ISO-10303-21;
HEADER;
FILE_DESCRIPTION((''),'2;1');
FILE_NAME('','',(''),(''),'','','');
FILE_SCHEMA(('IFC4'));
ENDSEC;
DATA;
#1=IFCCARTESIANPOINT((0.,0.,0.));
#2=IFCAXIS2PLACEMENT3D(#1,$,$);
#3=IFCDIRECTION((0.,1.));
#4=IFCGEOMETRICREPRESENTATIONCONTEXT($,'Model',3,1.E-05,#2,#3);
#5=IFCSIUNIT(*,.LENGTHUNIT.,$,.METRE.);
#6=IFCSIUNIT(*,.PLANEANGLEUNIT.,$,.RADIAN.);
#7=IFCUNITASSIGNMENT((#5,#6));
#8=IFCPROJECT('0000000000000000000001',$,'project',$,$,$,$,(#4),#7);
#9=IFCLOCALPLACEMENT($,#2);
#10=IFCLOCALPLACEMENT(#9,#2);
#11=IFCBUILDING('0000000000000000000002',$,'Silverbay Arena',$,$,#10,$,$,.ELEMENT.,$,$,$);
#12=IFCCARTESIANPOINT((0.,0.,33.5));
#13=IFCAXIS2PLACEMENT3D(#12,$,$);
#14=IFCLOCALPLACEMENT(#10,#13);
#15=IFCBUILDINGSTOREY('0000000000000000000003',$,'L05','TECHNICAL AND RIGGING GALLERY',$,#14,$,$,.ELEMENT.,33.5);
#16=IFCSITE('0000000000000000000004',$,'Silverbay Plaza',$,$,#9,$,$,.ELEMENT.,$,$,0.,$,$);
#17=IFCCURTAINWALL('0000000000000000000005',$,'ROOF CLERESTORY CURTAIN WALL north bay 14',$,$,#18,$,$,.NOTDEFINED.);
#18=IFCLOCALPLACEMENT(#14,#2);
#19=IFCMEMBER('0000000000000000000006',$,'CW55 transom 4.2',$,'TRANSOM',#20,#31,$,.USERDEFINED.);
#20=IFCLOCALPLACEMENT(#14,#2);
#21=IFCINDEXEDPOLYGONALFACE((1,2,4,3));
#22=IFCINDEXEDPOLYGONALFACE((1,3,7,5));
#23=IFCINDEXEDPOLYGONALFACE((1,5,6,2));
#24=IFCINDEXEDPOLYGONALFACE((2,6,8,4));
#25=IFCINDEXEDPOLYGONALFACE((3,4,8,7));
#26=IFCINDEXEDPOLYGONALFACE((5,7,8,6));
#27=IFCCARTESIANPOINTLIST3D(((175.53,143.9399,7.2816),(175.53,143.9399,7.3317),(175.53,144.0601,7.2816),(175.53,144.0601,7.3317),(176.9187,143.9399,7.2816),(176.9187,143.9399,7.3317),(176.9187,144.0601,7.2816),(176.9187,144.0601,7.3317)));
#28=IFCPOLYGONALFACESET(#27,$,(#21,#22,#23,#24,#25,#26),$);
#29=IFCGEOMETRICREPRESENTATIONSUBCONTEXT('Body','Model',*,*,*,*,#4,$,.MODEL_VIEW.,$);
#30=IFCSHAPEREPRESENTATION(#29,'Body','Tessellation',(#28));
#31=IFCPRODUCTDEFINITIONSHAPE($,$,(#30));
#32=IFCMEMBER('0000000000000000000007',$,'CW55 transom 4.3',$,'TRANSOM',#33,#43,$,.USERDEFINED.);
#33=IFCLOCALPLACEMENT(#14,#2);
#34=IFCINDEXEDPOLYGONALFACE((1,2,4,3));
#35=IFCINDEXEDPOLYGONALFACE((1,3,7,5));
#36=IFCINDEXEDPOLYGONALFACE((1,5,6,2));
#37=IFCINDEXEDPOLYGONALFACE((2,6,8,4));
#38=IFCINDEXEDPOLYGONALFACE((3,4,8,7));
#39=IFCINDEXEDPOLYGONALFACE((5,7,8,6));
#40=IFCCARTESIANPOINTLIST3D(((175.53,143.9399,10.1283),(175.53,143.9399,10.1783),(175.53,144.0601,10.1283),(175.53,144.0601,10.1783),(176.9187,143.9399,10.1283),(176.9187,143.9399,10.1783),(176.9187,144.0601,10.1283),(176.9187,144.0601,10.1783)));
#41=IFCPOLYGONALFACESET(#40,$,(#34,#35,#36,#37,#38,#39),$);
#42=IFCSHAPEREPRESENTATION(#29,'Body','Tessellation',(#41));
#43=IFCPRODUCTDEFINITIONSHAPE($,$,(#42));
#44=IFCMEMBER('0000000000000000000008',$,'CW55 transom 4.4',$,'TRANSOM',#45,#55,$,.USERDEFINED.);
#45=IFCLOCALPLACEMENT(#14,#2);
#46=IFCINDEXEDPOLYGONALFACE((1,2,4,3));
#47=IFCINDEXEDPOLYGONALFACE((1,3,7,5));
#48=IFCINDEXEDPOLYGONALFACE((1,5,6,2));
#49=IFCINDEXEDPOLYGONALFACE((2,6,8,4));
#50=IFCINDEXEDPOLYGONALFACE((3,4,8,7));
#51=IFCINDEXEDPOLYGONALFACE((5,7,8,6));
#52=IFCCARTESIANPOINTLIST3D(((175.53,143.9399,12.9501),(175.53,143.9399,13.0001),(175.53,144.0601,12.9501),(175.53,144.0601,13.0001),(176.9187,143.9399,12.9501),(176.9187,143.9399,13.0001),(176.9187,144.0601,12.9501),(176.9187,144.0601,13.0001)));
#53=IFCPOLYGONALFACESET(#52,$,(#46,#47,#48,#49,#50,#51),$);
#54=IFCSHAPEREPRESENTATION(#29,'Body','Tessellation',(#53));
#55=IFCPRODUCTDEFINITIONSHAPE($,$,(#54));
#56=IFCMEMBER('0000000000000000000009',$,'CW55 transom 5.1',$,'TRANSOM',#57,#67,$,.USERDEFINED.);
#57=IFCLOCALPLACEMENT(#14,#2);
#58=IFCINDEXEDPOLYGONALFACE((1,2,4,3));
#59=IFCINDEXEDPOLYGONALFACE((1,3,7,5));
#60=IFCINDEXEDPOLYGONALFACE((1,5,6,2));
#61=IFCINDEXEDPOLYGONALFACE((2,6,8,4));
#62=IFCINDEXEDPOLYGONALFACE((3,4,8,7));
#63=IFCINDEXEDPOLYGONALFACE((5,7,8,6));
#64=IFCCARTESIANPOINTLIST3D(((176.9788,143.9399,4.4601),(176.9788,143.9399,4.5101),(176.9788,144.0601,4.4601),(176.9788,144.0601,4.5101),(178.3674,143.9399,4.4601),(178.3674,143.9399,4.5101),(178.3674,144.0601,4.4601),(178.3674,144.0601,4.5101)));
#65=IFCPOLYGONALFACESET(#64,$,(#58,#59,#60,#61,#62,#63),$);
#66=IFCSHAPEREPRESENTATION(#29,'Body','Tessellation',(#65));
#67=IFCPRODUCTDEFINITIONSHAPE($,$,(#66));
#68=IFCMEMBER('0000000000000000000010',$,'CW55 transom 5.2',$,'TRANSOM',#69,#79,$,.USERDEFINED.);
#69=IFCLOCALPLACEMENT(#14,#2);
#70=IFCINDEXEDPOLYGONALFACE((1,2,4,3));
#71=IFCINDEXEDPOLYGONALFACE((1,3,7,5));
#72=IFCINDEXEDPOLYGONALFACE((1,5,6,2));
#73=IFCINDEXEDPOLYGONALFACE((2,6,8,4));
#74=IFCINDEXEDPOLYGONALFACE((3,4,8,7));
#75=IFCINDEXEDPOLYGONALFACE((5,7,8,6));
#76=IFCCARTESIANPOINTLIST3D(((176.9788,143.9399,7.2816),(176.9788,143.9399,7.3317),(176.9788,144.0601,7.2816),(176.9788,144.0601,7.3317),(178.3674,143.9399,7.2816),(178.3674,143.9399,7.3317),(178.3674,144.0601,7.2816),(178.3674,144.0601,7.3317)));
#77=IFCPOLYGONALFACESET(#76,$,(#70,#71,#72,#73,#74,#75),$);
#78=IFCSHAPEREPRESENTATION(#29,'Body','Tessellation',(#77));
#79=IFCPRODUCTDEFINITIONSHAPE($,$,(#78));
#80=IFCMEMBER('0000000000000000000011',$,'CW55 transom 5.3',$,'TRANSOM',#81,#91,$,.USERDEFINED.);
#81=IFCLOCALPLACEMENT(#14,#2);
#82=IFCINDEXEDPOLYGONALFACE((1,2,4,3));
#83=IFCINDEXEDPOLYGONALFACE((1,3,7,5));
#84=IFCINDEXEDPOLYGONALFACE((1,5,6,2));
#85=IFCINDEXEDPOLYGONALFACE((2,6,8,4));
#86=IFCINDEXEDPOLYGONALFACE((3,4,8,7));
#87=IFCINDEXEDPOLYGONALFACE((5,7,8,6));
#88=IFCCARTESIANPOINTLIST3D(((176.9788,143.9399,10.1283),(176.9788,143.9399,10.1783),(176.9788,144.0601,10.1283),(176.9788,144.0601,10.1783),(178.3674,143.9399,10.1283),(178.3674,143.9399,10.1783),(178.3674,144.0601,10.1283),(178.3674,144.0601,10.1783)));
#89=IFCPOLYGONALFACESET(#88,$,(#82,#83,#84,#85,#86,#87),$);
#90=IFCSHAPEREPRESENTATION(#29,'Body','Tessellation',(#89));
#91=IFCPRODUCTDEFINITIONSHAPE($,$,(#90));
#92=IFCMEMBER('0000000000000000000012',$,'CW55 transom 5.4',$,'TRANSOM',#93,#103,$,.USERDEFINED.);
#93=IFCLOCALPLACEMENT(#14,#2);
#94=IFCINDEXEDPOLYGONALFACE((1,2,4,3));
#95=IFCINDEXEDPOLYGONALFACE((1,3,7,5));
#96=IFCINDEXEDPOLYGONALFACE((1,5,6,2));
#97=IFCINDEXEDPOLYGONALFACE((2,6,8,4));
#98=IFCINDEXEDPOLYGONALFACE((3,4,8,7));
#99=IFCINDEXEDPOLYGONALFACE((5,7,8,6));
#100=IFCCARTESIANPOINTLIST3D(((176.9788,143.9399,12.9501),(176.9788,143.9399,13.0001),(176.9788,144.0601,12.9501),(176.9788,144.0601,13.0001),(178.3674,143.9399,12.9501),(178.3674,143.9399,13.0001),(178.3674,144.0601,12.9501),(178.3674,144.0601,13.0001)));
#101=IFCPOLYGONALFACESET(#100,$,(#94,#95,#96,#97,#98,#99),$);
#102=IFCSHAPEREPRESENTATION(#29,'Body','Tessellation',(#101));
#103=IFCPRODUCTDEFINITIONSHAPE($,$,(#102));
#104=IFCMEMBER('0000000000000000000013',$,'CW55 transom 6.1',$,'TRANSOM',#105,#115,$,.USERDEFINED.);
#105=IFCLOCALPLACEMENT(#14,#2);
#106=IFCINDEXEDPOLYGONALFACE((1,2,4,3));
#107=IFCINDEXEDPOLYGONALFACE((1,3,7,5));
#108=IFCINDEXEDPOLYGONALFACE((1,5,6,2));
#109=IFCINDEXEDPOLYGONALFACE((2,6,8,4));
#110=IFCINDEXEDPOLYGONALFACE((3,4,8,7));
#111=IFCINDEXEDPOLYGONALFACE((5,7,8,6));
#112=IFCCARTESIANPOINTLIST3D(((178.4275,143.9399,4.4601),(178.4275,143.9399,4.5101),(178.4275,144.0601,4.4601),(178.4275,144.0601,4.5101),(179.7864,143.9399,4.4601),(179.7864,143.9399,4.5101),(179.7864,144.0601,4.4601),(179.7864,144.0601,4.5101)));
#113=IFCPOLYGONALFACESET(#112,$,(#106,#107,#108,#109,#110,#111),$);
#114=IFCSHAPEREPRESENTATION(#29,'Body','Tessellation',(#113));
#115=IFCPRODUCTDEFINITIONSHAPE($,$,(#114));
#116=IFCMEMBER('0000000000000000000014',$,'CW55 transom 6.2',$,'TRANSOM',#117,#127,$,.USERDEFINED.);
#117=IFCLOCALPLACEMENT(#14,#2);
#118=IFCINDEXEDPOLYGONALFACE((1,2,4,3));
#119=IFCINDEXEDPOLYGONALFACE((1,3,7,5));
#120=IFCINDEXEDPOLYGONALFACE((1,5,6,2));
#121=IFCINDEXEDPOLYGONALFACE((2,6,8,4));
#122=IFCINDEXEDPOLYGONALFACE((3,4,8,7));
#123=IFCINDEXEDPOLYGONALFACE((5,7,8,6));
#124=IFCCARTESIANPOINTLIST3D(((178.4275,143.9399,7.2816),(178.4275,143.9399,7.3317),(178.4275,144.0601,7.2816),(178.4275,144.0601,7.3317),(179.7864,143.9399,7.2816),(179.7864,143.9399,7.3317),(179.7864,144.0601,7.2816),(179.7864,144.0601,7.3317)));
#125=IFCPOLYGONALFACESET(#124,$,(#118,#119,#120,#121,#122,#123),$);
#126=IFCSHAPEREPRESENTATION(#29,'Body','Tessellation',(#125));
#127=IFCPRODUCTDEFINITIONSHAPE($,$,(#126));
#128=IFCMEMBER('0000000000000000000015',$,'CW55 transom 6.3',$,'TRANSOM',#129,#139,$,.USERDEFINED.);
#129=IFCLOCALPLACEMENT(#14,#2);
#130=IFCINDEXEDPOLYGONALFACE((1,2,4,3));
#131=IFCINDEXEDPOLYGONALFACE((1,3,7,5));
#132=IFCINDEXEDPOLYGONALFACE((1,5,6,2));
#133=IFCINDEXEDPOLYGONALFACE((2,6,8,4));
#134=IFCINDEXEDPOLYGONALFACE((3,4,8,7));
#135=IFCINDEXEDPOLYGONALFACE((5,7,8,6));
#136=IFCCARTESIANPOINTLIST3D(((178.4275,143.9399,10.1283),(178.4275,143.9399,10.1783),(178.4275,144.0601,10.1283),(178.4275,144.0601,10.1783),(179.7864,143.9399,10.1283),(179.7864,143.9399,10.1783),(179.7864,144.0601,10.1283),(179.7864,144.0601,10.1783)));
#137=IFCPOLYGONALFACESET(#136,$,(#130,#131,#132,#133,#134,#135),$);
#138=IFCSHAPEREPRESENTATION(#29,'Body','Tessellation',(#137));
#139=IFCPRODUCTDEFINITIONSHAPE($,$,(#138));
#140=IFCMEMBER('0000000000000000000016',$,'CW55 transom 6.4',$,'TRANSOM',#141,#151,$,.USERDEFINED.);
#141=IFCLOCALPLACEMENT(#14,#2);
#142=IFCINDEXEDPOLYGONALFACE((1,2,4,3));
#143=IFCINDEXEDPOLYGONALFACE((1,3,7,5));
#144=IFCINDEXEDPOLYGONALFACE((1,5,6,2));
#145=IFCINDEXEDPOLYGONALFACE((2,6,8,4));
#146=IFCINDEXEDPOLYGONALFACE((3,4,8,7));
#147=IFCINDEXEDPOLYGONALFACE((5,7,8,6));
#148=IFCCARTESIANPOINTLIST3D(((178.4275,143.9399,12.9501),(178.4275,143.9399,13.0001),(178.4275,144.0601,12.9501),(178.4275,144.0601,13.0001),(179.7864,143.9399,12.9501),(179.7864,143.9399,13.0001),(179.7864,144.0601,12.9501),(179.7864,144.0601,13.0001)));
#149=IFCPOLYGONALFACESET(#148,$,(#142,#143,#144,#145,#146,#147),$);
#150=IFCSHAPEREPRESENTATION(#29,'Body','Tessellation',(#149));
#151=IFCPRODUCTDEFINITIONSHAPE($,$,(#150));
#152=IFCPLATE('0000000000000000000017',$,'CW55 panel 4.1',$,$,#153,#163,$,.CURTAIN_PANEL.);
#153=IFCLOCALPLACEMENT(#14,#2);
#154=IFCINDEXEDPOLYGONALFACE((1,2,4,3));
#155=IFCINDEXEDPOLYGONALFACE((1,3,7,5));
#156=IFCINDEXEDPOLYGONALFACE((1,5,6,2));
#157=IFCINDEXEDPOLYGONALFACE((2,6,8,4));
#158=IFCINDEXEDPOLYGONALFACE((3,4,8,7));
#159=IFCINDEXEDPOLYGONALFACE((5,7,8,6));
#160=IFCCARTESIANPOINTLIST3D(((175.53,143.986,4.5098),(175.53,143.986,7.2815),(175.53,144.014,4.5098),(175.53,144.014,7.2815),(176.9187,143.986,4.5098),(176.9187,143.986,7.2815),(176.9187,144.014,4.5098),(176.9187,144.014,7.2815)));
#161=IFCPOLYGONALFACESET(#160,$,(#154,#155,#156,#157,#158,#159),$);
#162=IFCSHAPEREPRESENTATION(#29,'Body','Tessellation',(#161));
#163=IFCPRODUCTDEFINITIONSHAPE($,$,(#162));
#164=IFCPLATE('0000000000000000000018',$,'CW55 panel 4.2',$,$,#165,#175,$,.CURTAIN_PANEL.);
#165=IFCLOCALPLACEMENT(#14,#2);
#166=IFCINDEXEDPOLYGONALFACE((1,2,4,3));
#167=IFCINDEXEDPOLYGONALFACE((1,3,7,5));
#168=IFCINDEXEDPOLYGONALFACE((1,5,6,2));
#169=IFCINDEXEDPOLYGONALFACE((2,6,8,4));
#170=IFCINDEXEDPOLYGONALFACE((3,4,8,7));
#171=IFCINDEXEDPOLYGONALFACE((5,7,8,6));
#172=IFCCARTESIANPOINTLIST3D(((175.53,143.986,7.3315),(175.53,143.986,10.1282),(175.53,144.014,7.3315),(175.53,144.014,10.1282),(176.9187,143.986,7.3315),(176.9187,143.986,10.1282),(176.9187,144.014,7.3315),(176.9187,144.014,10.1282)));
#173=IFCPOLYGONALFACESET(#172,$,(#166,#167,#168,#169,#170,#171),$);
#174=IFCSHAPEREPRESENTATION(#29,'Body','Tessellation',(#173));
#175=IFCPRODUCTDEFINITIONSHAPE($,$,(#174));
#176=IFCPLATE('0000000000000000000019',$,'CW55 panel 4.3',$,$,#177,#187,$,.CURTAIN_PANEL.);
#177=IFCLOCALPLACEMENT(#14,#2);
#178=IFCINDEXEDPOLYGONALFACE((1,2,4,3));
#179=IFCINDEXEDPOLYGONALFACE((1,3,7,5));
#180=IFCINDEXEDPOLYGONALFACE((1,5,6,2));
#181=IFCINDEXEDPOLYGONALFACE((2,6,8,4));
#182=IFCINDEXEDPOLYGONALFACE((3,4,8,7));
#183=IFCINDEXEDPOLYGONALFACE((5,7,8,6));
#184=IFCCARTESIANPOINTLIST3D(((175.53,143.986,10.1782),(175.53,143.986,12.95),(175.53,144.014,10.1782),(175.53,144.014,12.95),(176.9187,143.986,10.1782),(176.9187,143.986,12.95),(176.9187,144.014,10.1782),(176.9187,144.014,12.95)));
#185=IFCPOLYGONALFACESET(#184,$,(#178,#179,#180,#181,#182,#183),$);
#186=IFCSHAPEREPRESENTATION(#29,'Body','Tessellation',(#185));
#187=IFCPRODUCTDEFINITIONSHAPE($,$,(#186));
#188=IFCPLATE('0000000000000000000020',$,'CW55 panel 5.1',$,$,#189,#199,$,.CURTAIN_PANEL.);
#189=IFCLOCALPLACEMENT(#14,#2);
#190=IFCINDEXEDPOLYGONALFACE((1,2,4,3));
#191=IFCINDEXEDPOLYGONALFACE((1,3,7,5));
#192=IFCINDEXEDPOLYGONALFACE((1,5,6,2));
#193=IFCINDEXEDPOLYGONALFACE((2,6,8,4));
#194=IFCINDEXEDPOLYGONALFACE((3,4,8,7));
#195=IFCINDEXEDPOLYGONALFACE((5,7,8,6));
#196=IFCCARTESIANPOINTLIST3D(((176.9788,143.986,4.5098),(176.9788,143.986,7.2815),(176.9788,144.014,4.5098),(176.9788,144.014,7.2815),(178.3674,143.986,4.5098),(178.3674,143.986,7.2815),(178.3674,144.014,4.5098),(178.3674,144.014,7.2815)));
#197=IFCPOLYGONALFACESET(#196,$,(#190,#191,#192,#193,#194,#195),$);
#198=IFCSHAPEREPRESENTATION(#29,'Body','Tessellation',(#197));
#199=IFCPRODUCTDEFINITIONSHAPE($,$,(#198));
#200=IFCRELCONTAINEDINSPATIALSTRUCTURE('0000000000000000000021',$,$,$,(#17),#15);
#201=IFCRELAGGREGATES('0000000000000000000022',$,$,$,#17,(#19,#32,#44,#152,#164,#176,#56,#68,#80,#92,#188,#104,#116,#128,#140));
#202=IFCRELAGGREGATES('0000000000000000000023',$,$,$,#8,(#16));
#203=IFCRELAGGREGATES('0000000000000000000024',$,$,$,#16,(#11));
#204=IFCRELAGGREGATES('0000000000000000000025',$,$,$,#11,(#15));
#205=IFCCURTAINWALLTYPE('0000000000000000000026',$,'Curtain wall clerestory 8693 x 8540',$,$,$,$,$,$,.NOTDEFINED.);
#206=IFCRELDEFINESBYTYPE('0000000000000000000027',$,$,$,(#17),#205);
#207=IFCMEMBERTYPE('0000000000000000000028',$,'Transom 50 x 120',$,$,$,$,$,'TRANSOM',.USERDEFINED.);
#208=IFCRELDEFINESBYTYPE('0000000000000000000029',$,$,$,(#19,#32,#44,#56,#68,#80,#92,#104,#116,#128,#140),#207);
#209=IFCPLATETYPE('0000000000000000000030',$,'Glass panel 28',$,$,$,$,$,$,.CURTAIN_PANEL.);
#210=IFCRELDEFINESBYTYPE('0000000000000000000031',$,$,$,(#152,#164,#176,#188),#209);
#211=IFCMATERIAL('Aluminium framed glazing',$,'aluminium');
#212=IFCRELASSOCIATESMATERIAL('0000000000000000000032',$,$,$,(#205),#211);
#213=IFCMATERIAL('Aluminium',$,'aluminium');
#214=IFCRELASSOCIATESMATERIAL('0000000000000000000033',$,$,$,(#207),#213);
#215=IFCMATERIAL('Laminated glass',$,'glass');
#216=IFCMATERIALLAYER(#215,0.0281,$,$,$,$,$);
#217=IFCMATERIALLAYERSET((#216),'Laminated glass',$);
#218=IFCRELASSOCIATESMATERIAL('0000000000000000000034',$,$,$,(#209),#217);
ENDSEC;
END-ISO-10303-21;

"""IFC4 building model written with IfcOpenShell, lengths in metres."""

from ifc_helpers import new_model, si_unit, direction, frame, origin, origin_2d, place, context, subcontext, project, spatial, rectangle, extrude, material, layer, layer_set, material_profile, profile_set, type_object, element, aggregate, save


model = new_model("IFC4")

# Units and contexts
model_context = context("Model", 3, precision=1e-05, world=origin(), true_north=direction((0.0, 1.0)))
body_context = subcontext(model_context, "Body", "Model", "MODEL_VIEW")
ifc_project = project(units=[si_unit("LENGTHUNIT", "METRE"), si_unit("PLANEANGLEUNIT", "RADIAN")], contexts=[model_context])

# Site, building, storey
site_placement = place(None, origin())
site = spatial("IfcSite", under=ifc_project, at=site_placement, Name="Silverbay Plaza", CompositionType="ELEMENT", RefElevation=0.0)
building_placement = place(site_placement, origin())
building = spatial("IfcBuilding", under=site, at=building_placement, Name="Silverbay Arena", CompositionType="ELEMENT")
storey_placement = place(building_placement, frame((0.0, 0.0, 33.5)))
storey = spatial("IfcBuildingStorey", under=building, at=storey_placement, Name="L05", Description="TECHNICAL AND RIGGING GALLERY", CompositionType="ELEMENT", Elevation=33.5)

# Curtain wall
ifc_material_1 = material(Name="Aluminium framed glazing", Category="aluminium")
curtain_wall_type = type_object("IfcCurtainWallType", Name="Curtain wall clerestory 8693 x 8540", PredefinedType="NOTDEFINED", material=ifc_material_1)
curtain_wall_placement = place(storey_placement, origin())
curtain_wall = element("IfcCurtainWall", 1, at=curtain_wall_placement, inside=storey, type_object=curtain_wall_type, Name="ROOF CLERESTORY CURTAIN WALL north bay 14", PredefinedType="NOTDEFINED")

# Members
ifc_material_2 = material(Name="Aluminium", Category="aluminium")
ifc_material_profile_1 = material_profile(ifc_material_2, rectangle(XDim=0.1201, YDim=0.05, at=origin_2d()), Name="Transom 50 x 120")
ifc_profile_set_1 = profile_set([ifc_material_profile_1], Name="Aluminium")
member_type_1 = type_object("IfcMemberType", Name="Transom 50 x 120", ElementType="TRANSOM", PredefinedType="USERDEFINED", material=ifc_profile_set_1)
member_1_placement = place(storey_placement, frame((175.53, 144.0, 7.3066), z_axis=(1.0, 0.0, 0.0), x_axis=(0.0, 1.0, 0.0)))
member_1 = element("IfcMember", 2, at=member_1_placement, type_object=member_type_1, Name="CW55 transom 4.2", ObjectType="TRANSOM", PredefinedType="USERDEFINED", context=body_context, shape_type="SweptSolid", body=[
    extrude(rectangle(XDim=0.1201, YDim=0.05, at=origin_2d()), origin(), (0.0, 0.0, 1.0), 1.3887),
])
member_2_placement = place(storey_placement, frame((175.53, 144.0, 10.1533), z_axis=(1.0, 0.0, 0.0), x_axis=(0.0, 1.0, 0.0)))
member_2 = element("IfcMember", 3, at=member_2_placement, type_object=member_type_1, Name="CW55 transom 4.3", ObjectType="TRANSOM", PredefinedType="USERDEFINED", context=body_context, shape_type="SweptSolid", body=[
    extrude(rectangle(XDim=0.1201, YDim=0.05, at=origin_2d()), origin(), (0.0, 0.0, 1.0), 1.3887),
])
member_3_placement = place(storey_placement, frame((175.53, 144.0, 12.9751), z_axis=(1.0, 0.0, 0.0), x_axis=(0.0, 1.0, 0.0)))
member_3 = element("IfcMember", 4, at=member_3_placement, type_object=member_type_1, Name="CW55 transom 4.4", ObjectType="TRANSOM", PredefinedType="USERDEFINED", context=body_context, shape_type="SweptSolid", body=[
    extrude(rectangle(XDim=0.1201, YDim=0.05, at=origin_2d()), origin(), (0.0, 0.0, 1.0), 1.3887),
])
member_4_placement = place(storey_placement, frame((176.9788, 144.0, 4.4851), z_axis=(1.0, 0.0, 0.0), x_axis=(0.0, 1.0, 0.0)))
member_4 = element("IfcMember", 5, at=member_4_placement, type_object=member_type_1, Name="CW55 transom 5.1", ObjectType="TRANSOM", PredefinedType="USERDEFINED", context=body_context, shape_type="SweptSolid", body=[
    extrude(rectangle(XDim=0.1201, YDim=0.05, at=origin_2d()), origin(), (0.0, 0.0, 1.0), 1.3887),
])
member_5_placement = place(storey_placement, frame((176.9788, 144.0, 7.3066), z_axis=(1.0, 0.0, 0.0), x_axis=(0.0, 1.0, 0.0)))
member_5 = element("IfcMember", 6, at=member_5_placement, type_object=member_type_1, Name="CW55 transom 5.2", ObjectType="TRANSOM", PredefinedType="USERDEFINED", context=body_context, shape_type="SweptSolid", body=[
    extrude(rectangle(XDim=0.1201, YDim=0.05, at=origin_2d()), origin(), (0.0, 0.0, 1.0), 1.3887),
])
member_6_placement = place(storey_placement, frame((176.9788, 144.0, 10.1533), z_axis=(1.0, 0.0, 0.0), x_axis=(0.0, 1.0, 0.0)))
member_6 = element("IfcMember", 7, at=member_6_placement, type_object=member_type_1, Name="CW55 transom 5.3", ObjectType="TRANSOM", PredefinedType="USERDEFINED", context=body_context, shape_type="SweptSolid", body=[
    extrude(rectangle(XDim=0.1201, YDim=0.05, at=origin_2d()), origin(), (0.0, 0.0, 1.0), 1.3887),
])
member_7_placement = place(storey_placement, frame((176.9788, 144.0, 12.9751), z_axis=(1.0, 0.0, 0.0), x_axis=(0.0, 1.0, 0.0)))
member_7 = element("IfcMember", 8, at=member_7_placement, type_object=member_type_1, Name="CW55 transom 5.4", ObjectType="TRANSOM", PredefinedType="USERDEFINED", context=body_context, shape_type="SweptSolid", body=[
    extrude(rectangle(XDim=0.1201, YDim=0.05, at=origin_2d()), origin(), (0.0, 0.0, 1.0), 1.3887),
])
member_8_placement = place(storey_placement, frame((178.4275, 144.0, 4.4851), z_axis=(1.0, 0.0, 0.0), x_axis=(0.0, 1.0, 0.0)))
member_8 = element("IfcMember", 9, at=member_8_placement, type_object=member_type_1, Name="CW55 transom 6.1", ObjectType="TRANSOM", PredefinedType="USERDEFINED", context=body_context, shape_type="SweptSolid", body=[
    extrude(rectangle(XDim=0.1201, YDim=0.05, at=origin_2d()), origin(), (0.0, 0.0, 1.0), 1.3589),
])
member_9_placement = place(storey_placement, frame((178.4275, 144.0, 7.3066), z_axis=(1.0, 0.0, 0.0), x_axis=(0.0, 1.0, 0.0)))
member_9 = element("IfcMember", 10, at=member_9_placement, type_object=member_type_1, Name="CW55 transom 6.2", ObjectType="TRANSOM", PredefinedType="USERDEFINED", context=body_context, shape_type="SweptSolid", body=[
    extrude(rectangle(XDim=0.1201, YDim=0.05, at=origin_2d()), origin(), (0.0, 0.0, 1.0), 1.3589),
])
member_10_placement = place(storey_placement, frame((178.4275, 144.0, 10.1533), z_axis=(1.0, 0.0, 0.0), x_axis=(0.0, 1.0, 0.0)))
member_10 = element("IfcMember", 11, at=member_10_placement, type_object=member_type_1, Name="CW55 transom 6.3", ObjectType="TRANSOM", PredefinedType="USERDEFINED", context=body_context, shape_type="SweptSolid", body=[
    extrude(rectangle(XDim=0.1201, YDim=0.05, at=origin_2d()), origin(), (0.0, 0.0, 1.0), 1.3589),
])
member_11_placement = place(storey_placement, frame((178.4275, 144.0, 12.9751), z_axis=(1.0, 0.0, 0.0), x_axis=(0.0, 1.0, 0.0)))
member_11 = element("IfcMember", 12, at=member_11_placement, type_object=member_type_1, Name="CW55 transom 6.4", ObjectType="TRANSOM", PredefinedType="USERDEFINED", context=body_context, shape_type="SweptSolid", body=[
    extrude(rectangle(XDim=0.1201, YDim=0.05, at=origin_2d()), origin(), (0.0, 0.0, 1.0), 1.3589),
])

# Plates
ifc_material_3 = material(Name="Laminated glass", Category="glass")
ifc_layer = layer(ifc_material_3, 0.0281)
ifc_layer_set = layer_set([ifc_layer], Name="Laminated glass")
plate_type = type_object("IfcPlateType", Name="Glass panel 28", PredefinedType="CURTAIN_PANEL", material=ifc_layer_set)
plate_1_placement = place(storey_placement, frame((176.2244, 144.0, 4.5098), z_axis=(0.0, 0.0, 1.0), x_axis=(1.0, 0.0, 0.0)))
plate_1 = element("IfcPlate", 13, at=plate_1_placement, type_object=plate_type, Name="CW55 panel 4.1", PredefinedType="CURTAIN_PANEL", context=body_context, shape_type="SweptSolid", body=[
    extrude(rectangle(XDim=1.3887, YDim=0.0281, at=origin_2d()), origin(), (0.0, 0.0, 1.0), 2.7717),
])
plate_2_placement = place(storey_placement, frame((176.2244, 144.0, 7.3315), z_axis=(0.0, 0.0, 1.0), x_axis=(1.0, 0.0, 0.0)))
plate_2 = element("IfcPlate", 14, at=plate_2_placement, type_object=plate_type, Name="CW55 panel 4.2", PredefinedType="CURTAIN_PANEL", context=body_context, shape_type="SweptSolid", body=[
    extrude(rectangle(XDim=1.3887, YDim=0.0281, at=origin_2d()), origin(), (0.0, 0.0, 1.0), 2.7966),
])
plate_3_placement = place(storey_placement, frame((176.2244, 144.0, 10.1782), z_axis=(0.0, 0.0, 1.0), x_axis=(1.0, 0.0, 0.0)))
plate_3 = element("IfcPlate", 15, at=plate_3_placement, type_object=plate_type, Name="CW55 panel 4.3", PredefinedType="CURTAIN_PANEL", context=body_context, shape_type="SweptSolid", body=[
    extrude(rectangle(XDim=1.3887, YDim=0.0281, at=origin_2d()), origin(), (0.0, 0.0, 1.0), 2.7717),
])
plate_4_placement = place(storey_placement, frame((177.6731, 144.0, 4.5098), z_axis=(0.0, 0.0, 1.0), x_axis=(1.0, 0.0, 0.0)))
plate_4 = element("IfcPlate", 16, at=plate_4_placement, type_object=plate_type, Name="CW55 panel 5.1", PredefinedType="CURTAIN_PANEL", context=body_context, shape_type="SweptSolid", body=[
    extrude(rectangle(XDim=1.3887, YDim=0.0281, at=origin_2d()), origin(), (0.0, 0.0, 1.0), 2.7717),
])
aggregate(curtain_wall, [member_1, member_2, member_3, plate_1, plate_2, plate_3, member_4, member_5, member_6, member_7, plate_4, member_8, member_9, member_10, member_11])

save(model, "model.ifc")
